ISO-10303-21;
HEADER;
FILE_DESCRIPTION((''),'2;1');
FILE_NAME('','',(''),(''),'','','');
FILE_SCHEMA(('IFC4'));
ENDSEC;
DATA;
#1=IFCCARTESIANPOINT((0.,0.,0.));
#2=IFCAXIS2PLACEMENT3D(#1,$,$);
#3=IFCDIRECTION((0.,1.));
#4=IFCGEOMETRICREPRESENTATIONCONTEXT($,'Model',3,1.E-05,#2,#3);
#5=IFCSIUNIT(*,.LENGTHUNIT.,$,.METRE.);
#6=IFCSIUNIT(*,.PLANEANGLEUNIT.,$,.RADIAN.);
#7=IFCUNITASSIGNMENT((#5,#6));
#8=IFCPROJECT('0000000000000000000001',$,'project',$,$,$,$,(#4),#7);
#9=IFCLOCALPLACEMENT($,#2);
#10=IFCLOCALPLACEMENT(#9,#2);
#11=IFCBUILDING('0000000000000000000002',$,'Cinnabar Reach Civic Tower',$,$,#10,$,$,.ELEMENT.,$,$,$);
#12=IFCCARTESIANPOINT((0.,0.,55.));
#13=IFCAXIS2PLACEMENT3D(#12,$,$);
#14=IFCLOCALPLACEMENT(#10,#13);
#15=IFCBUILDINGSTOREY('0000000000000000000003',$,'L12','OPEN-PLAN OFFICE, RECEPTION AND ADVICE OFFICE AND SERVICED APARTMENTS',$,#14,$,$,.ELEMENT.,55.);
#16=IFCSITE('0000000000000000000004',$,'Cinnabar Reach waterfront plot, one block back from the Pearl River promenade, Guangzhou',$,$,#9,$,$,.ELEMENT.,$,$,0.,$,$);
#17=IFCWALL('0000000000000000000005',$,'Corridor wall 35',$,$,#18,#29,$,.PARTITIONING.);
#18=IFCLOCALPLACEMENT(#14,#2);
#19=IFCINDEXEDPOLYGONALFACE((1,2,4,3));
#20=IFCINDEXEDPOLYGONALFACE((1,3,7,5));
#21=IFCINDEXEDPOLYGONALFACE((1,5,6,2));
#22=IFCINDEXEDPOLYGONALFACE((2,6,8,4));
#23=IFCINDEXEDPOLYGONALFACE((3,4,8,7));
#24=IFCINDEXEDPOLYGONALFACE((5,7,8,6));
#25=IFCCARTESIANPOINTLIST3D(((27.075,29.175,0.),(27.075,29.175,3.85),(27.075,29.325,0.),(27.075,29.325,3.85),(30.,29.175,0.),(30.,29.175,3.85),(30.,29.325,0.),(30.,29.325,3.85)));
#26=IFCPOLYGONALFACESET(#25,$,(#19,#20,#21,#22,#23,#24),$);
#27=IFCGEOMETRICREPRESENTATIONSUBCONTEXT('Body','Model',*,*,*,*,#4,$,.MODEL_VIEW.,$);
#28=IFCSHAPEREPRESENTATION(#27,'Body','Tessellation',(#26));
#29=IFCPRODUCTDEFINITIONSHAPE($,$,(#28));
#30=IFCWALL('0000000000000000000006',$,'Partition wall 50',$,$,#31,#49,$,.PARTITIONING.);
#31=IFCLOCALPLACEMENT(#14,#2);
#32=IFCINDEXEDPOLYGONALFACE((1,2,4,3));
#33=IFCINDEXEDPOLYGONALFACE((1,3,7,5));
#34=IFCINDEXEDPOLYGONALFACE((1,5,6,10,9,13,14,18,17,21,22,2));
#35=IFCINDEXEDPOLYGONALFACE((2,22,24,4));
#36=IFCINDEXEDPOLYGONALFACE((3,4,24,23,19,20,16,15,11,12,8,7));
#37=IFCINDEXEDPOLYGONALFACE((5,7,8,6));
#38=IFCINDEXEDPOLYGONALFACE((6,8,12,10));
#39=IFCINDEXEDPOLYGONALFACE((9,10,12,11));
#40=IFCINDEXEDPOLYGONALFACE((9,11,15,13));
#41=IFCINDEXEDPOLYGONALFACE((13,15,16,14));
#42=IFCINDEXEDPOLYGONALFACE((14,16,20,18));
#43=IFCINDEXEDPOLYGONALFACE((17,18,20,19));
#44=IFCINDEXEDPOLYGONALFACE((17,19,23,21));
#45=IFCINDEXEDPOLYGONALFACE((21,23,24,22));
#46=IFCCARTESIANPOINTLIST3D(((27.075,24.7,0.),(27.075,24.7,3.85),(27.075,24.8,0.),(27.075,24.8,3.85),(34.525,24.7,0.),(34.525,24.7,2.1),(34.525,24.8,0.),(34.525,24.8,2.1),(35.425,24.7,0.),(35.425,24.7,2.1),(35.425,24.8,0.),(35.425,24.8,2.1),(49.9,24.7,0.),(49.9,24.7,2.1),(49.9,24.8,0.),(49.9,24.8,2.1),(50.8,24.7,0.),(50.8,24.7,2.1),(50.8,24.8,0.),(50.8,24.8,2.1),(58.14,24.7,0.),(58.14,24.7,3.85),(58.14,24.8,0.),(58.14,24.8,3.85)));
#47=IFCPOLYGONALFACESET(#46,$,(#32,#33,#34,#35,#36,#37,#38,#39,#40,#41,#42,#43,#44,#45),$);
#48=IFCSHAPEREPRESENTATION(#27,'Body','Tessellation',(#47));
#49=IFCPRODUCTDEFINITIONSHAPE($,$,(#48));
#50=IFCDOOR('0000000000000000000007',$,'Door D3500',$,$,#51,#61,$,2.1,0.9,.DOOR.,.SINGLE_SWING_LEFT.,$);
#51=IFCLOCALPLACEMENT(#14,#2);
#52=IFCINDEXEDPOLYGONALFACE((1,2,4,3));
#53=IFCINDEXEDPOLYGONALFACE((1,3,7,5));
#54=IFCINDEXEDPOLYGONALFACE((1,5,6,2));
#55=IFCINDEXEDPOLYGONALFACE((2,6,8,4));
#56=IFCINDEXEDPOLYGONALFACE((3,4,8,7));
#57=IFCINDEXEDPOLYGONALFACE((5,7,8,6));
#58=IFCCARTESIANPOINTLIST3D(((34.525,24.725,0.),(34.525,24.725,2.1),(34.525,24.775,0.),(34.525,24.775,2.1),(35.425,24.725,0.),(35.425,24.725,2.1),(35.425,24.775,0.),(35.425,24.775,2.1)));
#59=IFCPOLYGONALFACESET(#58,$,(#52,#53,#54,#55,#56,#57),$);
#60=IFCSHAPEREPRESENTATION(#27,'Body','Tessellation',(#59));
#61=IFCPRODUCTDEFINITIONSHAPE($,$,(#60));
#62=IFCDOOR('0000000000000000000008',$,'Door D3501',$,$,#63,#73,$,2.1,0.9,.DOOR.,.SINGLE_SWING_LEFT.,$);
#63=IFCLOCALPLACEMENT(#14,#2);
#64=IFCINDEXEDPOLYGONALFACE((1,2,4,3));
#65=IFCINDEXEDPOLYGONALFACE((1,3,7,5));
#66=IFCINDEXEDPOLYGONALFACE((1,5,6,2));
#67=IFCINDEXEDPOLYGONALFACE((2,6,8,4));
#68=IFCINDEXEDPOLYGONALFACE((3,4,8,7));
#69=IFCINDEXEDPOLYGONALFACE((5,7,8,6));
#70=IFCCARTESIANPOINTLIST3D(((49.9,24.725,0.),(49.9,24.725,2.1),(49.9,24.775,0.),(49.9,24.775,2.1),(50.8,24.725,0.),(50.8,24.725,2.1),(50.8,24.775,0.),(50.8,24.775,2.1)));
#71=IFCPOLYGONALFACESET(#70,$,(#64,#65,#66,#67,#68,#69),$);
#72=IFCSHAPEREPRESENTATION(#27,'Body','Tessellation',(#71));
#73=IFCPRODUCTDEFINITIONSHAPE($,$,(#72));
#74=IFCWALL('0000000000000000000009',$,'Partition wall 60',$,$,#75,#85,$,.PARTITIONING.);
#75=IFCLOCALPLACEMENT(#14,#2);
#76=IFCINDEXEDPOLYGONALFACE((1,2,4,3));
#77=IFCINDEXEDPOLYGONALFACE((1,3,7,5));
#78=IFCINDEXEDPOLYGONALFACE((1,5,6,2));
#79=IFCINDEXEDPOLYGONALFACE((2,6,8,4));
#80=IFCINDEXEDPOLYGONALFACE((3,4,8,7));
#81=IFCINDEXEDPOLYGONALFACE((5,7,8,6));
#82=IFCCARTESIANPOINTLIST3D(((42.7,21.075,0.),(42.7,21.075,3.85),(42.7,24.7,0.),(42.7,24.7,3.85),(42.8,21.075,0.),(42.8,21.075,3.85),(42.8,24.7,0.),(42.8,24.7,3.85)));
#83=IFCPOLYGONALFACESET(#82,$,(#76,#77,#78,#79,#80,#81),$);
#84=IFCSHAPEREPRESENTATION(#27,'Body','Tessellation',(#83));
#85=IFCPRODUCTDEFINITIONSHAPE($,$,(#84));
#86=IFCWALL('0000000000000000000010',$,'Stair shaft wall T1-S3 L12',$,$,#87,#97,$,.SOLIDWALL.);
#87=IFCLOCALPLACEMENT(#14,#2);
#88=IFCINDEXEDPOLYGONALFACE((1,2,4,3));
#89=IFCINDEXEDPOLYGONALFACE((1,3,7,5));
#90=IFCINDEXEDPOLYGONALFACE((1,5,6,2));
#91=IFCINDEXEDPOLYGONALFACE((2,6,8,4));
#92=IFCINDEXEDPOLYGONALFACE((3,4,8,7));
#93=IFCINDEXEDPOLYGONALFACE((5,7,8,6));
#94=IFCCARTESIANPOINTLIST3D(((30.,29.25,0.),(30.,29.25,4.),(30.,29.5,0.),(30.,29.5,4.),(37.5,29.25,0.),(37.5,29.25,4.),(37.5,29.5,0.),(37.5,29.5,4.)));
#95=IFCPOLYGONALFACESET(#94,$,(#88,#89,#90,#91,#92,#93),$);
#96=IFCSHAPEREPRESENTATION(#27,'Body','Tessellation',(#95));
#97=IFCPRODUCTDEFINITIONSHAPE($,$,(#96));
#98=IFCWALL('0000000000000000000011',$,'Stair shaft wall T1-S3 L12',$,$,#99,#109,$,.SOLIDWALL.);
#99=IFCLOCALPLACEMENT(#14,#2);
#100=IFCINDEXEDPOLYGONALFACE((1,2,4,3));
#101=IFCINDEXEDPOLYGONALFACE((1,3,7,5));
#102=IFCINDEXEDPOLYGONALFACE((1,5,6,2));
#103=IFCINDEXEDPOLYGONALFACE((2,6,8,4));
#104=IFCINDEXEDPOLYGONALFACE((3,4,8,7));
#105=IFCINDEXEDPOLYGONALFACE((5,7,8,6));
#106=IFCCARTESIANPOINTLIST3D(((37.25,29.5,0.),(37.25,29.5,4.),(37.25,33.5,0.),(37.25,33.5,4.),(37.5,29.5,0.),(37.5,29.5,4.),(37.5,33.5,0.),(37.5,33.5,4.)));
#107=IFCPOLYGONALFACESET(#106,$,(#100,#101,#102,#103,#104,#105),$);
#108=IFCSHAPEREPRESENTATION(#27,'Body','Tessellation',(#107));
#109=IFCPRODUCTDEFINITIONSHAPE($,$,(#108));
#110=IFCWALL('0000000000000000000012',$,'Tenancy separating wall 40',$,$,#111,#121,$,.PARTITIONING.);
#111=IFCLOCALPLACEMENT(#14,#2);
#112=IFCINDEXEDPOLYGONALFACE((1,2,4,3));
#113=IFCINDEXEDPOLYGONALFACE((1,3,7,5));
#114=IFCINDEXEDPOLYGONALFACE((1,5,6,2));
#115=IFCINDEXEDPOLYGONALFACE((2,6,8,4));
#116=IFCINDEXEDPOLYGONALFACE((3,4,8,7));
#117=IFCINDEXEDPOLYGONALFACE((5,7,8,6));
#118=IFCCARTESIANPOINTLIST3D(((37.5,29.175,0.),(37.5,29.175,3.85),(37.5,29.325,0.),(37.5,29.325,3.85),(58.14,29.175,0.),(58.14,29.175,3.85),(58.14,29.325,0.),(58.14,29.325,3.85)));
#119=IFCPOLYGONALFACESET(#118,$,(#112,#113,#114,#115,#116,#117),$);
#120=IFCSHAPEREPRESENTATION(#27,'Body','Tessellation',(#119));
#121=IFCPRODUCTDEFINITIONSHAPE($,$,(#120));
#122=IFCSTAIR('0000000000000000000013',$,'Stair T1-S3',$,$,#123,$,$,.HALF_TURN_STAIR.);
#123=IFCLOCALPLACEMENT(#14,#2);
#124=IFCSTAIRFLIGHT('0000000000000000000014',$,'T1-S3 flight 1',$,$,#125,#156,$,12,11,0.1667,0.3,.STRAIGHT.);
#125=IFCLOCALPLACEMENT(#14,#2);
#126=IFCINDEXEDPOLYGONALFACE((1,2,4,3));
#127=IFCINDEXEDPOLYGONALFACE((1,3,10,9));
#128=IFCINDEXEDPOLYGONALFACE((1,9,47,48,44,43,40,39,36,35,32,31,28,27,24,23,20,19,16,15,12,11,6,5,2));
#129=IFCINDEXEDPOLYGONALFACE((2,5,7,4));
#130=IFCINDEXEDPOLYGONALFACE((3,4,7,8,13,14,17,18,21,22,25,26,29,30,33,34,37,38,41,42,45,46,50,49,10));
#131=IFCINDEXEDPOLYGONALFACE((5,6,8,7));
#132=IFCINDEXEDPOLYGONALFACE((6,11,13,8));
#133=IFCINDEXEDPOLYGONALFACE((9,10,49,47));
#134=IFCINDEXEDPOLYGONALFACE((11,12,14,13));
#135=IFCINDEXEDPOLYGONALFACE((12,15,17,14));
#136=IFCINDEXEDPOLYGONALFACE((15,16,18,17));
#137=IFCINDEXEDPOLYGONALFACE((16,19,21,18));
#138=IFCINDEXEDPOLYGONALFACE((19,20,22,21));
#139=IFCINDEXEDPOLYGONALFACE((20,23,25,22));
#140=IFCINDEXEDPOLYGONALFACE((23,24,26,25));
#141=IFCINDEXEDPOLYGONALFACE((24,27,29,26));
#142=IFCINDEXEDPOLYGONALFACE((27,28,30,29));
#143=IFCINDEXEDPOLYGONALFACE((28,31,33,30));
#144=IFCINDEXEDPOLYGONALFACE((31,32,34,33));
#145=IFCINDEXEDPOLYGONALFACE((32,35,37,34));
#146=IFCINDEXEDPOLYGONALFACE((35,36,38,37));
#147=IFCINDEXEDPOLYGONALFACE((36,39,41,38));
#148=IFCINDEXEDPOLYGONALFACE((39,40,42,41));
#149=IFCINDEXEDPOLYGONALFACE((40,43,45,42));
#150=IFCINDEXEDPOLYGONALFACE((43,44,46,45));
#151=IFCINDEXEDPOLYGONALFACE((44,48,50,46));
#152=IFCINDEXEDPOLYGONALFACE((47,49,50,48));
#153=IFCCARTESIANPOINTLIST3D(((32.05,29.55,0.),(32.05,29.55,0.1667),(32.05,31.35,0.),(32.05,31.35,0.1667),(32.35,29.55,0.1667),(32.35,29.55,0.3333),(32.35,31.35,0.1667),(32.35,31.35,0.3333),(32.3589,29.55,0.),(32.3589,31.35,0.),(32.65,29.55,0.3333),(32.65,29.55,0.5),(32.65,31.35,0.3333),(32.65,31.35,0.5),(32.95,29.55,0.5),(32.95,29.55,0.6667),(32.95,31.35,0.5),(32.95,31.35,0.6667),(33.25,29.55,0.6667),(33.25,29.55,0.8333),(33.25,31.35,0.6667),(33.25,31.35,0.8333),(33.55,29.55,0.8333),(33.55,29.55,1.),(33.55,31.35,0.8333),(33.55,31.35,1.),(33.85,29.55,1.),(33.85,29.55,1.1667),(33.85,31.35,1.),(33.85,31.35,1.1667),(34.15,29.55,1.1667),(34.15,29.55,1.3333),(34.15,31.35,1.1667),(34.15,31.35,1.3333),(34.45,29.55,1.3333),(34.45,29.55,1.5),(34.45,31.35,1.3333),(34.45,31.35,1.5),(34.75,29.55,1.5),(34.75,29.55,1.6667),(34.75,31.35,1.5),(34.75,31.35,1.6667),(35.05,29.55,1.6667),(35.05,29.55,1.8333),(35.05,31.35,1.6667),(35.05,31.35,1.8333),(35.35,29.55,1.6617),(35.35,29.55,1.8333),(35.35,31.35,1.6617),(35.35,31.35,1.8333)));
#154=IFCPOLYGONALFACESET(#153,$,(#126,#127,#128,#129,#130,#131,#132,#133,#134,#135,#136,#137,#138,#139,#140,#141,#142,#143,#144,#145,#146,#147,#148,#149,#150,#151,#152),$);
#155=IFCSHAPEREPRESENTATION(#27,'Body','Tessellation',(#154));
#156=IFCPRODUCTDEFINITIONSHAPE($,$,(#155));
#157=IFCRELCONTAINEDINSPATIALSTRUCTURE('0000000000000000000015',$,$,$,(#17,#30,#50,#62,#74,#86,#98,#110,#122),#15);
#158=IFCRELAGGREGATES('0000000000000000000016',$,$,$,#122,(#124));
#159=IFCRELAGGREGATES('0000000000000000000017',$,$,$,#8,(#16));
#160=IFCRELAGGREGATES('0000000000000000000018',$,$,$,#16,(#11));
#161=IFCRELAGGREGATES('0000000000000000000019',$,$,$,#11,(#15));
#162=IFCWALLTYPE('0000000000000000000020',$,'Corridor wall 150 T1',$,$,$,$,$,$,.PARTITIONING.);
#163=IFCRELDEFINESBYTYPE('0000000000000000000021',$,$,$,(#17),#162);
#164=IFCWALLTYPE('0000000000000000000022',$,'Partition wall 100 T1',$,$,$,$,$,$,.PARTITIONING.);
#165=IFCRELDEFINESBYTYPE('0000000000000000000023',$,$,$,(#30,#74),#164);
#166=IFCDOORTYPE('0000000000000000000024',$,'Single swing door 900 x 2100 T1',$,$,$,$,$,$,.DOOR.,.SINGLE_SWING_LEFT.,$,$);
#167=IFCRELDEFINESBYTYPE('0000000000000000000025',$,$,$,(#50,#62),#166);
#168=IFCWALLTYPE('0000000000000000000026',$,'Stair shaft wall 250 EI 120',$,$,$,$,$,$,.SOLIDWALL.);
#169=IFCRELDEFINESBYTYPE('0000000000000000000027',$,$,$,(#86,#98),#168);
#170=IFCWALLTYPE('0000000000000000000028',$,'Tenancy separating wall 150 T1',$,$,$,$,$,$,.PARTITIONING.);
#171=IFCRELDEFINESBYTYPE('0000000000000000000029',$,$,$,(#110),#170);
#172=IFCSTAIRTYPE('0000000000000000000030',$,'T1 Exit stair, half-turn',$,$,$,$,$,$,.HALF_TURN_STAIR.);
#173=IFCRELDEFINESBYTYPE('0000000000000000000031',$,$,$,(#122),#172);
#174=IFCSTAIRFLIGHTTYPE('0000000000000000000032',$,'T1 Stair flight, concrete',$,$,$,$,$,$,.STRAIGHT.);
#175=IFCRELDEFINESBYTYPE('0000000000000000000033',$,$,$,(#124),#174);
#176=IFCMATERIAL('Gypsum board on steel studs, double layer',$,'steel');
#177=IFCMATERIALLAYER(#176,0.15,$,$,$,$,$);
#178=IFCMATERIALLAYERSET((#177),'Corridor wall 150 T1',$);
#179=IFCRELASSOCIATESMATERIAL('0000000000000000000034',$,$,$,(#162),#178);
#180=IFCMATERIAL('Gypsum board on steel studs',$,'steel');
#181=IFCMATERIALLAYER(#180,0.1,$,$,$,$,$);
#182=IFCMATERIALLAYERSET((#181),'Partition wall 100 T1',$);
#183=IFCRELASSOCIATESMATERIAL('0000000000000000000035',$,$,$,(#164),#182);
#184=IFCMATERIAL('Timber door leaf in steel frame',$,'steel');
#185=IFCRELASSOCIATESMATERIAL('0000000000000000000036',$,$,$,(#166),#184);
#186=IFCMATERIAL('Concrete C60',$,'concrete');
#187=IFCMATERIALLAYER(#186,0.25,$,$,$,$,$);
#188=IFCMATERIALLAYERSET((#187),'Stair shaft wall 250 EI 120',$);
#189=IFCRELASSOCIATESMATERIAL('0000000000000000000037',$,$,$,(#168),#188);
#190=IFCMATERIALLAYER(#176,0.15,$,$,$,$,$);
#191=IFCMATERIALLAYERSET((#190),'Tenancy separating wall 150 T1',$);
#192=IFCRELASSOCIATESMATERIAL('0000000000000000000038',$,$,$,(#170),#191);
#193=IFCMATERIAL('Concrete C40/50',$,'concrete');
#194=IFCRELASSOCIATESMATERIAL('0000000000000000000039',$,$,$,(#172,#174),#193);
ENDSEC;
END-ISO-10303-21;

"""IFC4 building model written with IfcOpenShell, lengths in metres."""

from ifc_helpers import new_model, si_unit, direction, frame, frame_2d, origin, place, context, subcontext, project, spatial, polyline, rectangle, outline, extrude, material, layer, layer_set, type_object, element, fill, aggregate, save


model = new_model("IFC4")

# Units and contexts
model_context = context("Model", 3, precision=1e-05, world=origin(), true_north=direction((0.0, 1.0)))
body_context = subcontext(model_context, "Body", "Model", "MODEL_VIEW")
ifc_project = project(units=[si_unit("LENGTHUNIT", "METRE"), si_unit("PLANEANGLEUNIT", "RADIAN")], contexts=[model_context])

# Site, building, storey
site_placement = place(None, origin())
site = spatial("IfcSite", under=ifc_project, at=site_placement, Name="Cinnabar Reach waterfront plot, one block back from the Pearl River promenade, Guangzhou", CompositionType="ELEMENT", RefElevation=0.0)
building_placement = place(site_placement, origin())
building = spatial("IfcBuilding", under=site, at=building_placement, Name="Cinnabar Reach Civic Tower", CompositionType="ELEMENT")
storey_placement = place(building_placement, frame((0.0, 0.0, 55.0)))
storey = spatial("IfcBuildingStorey", under=building, at=storey_placement, Name="L12", Description="OPEN-PLAN OFFICE, RECEPTION AND ADVICE OFFICE AND SERVICED APARTMENTS", CompositionType="ELEMENT", Elevation=55.0)

# Wall
ifc_material_1 = material(Name="Gypsum board on steel studs, double layer", Category="steel")
ifc_layer_1 = layer(ifc_material_1, 0.15)
ifc_layer_set_1 = layer_set([ifc_layer_1], Name="Corridor wall 150 T1")
wall_type_1 = type_object("IfcWallType", Name="Corridor wall 150 T1", PredefinedType="PARTITIONING", material=ifc_layer_set_1)
wall_1_placement = place(storey_placement, frame((27.075, 29.25, 0.0), z_axis=(0.0, 0.0, 1.0), x_axis=(1.0, 0.0, 0.0)))
element("IfcWall", 1, at=wall_1_placement, inside=storey, type_object=wall_type_1, Name="Corridor wall 35", PredefinedType="PARTITIONING", context=body_context, shape_type="SweptSolid", body=[
    extrude(rectangle(XDim=2.925, YDim=0.15, at=frame_2d((1.4625, 0.0))), origin(), (0.0, 0.0, 1.0), 3.85),
])

# Wall, openings, doors
ifc_material_2 = material(Name="Gypsum board on steel studs", Category="steel")
ifc_layer_2 = layer(ifc_material_2, 0.1)
ifc_layer_set_2 = layer_set([ifc_layer_2], Name="Partition wall 100 T1")
wall_type_2 = type_object("IfcWallType", Name="Partition wall 100 T1", PredefinedType="PARTITIONING", material=ifc_layer_set_2)
wall_2_placement = place(storey_placement, frame((27.075, 24.75, 0.0), z_axis=(0.0, 0.0, 1.0), x_axis=(1.0, 0.0, 0.0)))
wall_2 = element("IfcWall", 2, at=wall_2_placement, inside=storey, type_object=wall_type_2, Name="Partition wall 50", PredefinedType="PARTITIONING", context=body_context, shape_type="SweptSolid", body=[
    extrude(rectangle(XDim=31.065, YDim=0.1, at=frame_2d((15.5325, 0.0))), origin(), (0.0, 0.0, 1.0), 3.85),
])
opening_1_placement = place(wall_2_placement, frame((7.45, 0.0, 0.0)))
opening_1 = element("IfcOpeningElement", 3, at=opening_1_placement, cuts=wall_2, PredefinedType="OPENING", context=body_context, shape_type="SweptSolid", body=[
    extrude(rectangle(XDim=0.9, YDim=2.1, at=frame_2d((0.45, 1.05))), frame((0.0, 0.06, 0.0), z_axis=(0.0, -1.0, 0.0), x_axis=(1.0, 0.0, 0.0)), (0.0, 0.0, 1.0), 0.12),
])
opening_2_placement = place(wall_2_placement, frame((22.825, 0.0, 0.0)))
opening_2 = element("IfcOpeningElement", 4, at=opening_2_placement, cuts=wall_2, PredefinedType="OPENING", context=body_context, shape_type="SweptSolid", body=[
    extrude(rectangle(XDim=0.9, YDim=2.1, at=frame_2d((0.45, 1.05))), frame((0.0, 0.06, 0.0), z_axis=(0.0, -1.0, 0.0), x_axis=(1.0, 0.0, 0.0)), (0.0, 0.0, 1.0), 0.12),
])
ifc_material_3 = material(Name="Timber door leaf in steel frame", Category="steel")
door_type = type_object("IfcDoorType", Name="Single swing door 900 x 2100 T1", OperationType="SINGLE_SWING_LEFT", PredefinedType="DOOR", material=ifc_material_3)
door_1_placement = place(opening_1_placement, frame((0.9, 0.0, 0.0), z_axis=(0.0, 0.0, 1.0), x_axis=(-1.0, 0.0, 0.0)))
door_1 = element("IfcDoor", 5, at=door_1_placement, inside=storey, type_object=door_type, Name="Door D3500", OperationType="SINGLE_SWING_LEFT", OverallHeight=2.1, OverallWidth=0.9, PredefinedType="DOOR", context=body_context, shape_type="SweptSolid", body=[
    extrude(rectangle(XDim=0.9, YDim=2.1, at=frame_2d((0.45, 1.05))), frame((0.0, 0.025, 0.0), z_axis=(0.0, -1.0, 0.0), x_axis=(1.0, 0.0, 0.0)), (0.0, 0.0, 1.0), 0.05),
])
fill(opening_1, door_1)
door_2_placement = place(opening_2_placement, frame((0.9, 0.0, 0.0), z_axis=(0.0, 0.0, 1.0), x_axis=(-1.0, 0.0, 0.0)))
door_2 = element("IfcDoor", 6, at=door_2_placement, inside=storey, type_object=door_type, Name="Door D3501", OperationType="SINGLE_SWING_LEFT", OverallHeight=2.1, OverallWidth=0.9, PredefinedType="DOOR", context=body_context, shape_type="SweptSolid", body=[
    extrude(rectangle(XDim=0.9, YDim=2.1, at=frame_2d((0.45, 1.05))), frame((0.0, 0.025, 0.0), z_axis=(0.0, -1.0, 0.0), x_axis=(1.0, 0.0, 0.0)), (0.0, 0.0, 1.0), 0.05),
])
fill(opening_2, door_2)

# Walls
wall_3_placement = place(storey_placement, frame((42.75, 21.075, 0.0), z_axis=(0.0, 0.0, 1.0), x_axis=(0.0, 1.0, 0.0)))
element("IfcWall", 7, at=wall_3_placement, inside=storey, type_object=wall_type_2, Name="Partition wall 60", PredefinedType="PARTITIONING", context=body_context, shape_type="SweptSolid", body=[
    extrude(rectangle(XDim=3.625, YDim=0.1, at=frame_2d((1.8125, 0.0))), origin(), (0.0, 0.0, 1.0), 3.85),
])
ifc_material_4 = material(Name="Concrete C60", Category="concrete")
ifc_layer_3 = layer(ifc_material_4, 0.25)
ifc_layer_set_3 = layer_set([ifc_layer_3], Name="Stair shaft wall 250 EI 120")
wall_type_3 = type_object("IfcWallType", Name="Stair shaft wall 250 EI 120", PredefinedType="SOLIDWALL", material=ifc_layer_set_3)
wall_4_placement = place(storey_placement, frame((30.0, 29.375, 0.0), z_axis=(0.0, 0.0, 1.0), x_axis=(1.0, 0.0, 0.0)))
element("IfcWall", 8, at=wall_4_placement, inside=storey, type_object=wall_type_3, Name="Stair shaft wall T1-S3 L12", PredefinedType="SOLIDWALL", context=body_context, shape_type="SweptSolid", body=[
    extrude(rectangle(XDim=7.5, YDim=0.25, at=frame_2d((3.75, 0.0))), origin(), (0.0, 0.0, 1.0), 4.0),
])
wall_5_placement = place(storey_placement, frame((37.375, 29.5, 0.0), z_axis=(0.0, 0.0, 1.0), x_axis=(0.0, 1.0, 0.0)))
element("IfcWall", 9, at=wall_5_placement, inside=storey, type_object=wall_type_3, Name="Stair shaft wall T1-S3 L12", PredefinedType="SOLIDWALL", context=body_context, shape_type="SweptSolid", body=[
    extrude(rectangle(XDim=4.0, YDim=0.25, at=frame_2d((2.0, 0.0))), origin(), (0.0, 0.0, 1.0), 4.0),
])
ifc_layer_4 = layer(ifc_material_1, 0.15)
ifc_layer_set_4 = layer_set([ifc_layer_4], Name="Tenancy separating wall 150 T1")
wall_type_4 = type_object("IfcWallType", Name="Tenancy separating wall 150 T1", PredefinedType="PARTITIONING", material=ifc_layer_set_4)
wall_6_placement = place(storey_placement, frame((37.5, 29.25, 0.0), z_axis=(0.0, 0.0, 1.0), x_axis=(1.0, 0.0, 0.0)))
element("IfcWall", 10, at=wall_6_placement, inside=storey, type_object=wall_type_4, Name="Tenancy separating wall 40", PredefinedType="PARTITIONING", context=body_context, shape_type="SweptSolid", body=[
    extrude(rectangle(XDim=20.64, YDim=0.15, at=frame_2d((10.32, 0.0))), origin(), (0.0, 0.0, 1.0), 3.85),
])

# Stair, stair flight
ifc_material_5 = material(Name="Concrete C40/50", Category="concrete")
stair_type = type_object("IfcStairType", Name="T1 Exit stair, half-turn", PredefinedType="HALF_TURN_STAIR", material=ifc_material_5)
stair_placement = place(storey_placement, origin())
stair = element("IfcStair", 11, at=stair_placement, inside=storey, type_object=stair_type, Name="Stair T1-S3", PredefinedType="HALF_TURN_STAIR")
stair_flight_type = type_object("IfcStairFlightType", Name="T1 Stair flight, concrete", PredefinedType="STRAIGHT", material=ifc_material_5)
stair_flight_placement = place(storey_placement, frame((32.05, 30.45, 0.0), z_axis=(0.0, 0.0, 1.0), x_axis=(1.0, 0.0, 0.0)))
stair_flight = element("IfcStairFlight", 12, at=stair_flight_placement, type_object=stair_flight_type, Name="T1-S3 flight 1", NumberOfRisers=12, NumberOfTreads=11, PredefinedType="STRAIGHT", RiserHeight=0.1667, TreadLength=0.3, context=body_context, shape_type="SweptSolid", body=[
    extrude(outline(polyline([(0.0, 0.0), (0.0, 0.1667), (0.3, 0.1667), (0.3, 0.3333), (0.6, 0.3333), (0.6, 0.5), (0.9, 0.5), (0.9, 0.6667), (1.2, 0.6667), (1.2, 0.8333), (1.5, 0.8333), (1.5, 1.0), (1.8, 1.0), (1.8, 1.1667), (2.1, 1.1667), (2.1, 1.3333), (2.4, 1.3333), (2.4, 1.5), (2.7, 1.5), (2.7, 1.6667), (3.0, 1.6667), (3.0, 1.8333), (3.3, 1.8333), (3.3, 2.0), (3.3, 1.6617), (0.3089, 0.0), (0.0, 0.0)])), frame((0.0, 0.9, 0.0), z_axis=(0.0, -1.0, 0.0), x_axis=(1.0, 0.0, 0.0)), (0.0, 0.0, 1.0), 1.8),
])
aggregate(stair, [stair_flight])

save(model, "model.ifc")
